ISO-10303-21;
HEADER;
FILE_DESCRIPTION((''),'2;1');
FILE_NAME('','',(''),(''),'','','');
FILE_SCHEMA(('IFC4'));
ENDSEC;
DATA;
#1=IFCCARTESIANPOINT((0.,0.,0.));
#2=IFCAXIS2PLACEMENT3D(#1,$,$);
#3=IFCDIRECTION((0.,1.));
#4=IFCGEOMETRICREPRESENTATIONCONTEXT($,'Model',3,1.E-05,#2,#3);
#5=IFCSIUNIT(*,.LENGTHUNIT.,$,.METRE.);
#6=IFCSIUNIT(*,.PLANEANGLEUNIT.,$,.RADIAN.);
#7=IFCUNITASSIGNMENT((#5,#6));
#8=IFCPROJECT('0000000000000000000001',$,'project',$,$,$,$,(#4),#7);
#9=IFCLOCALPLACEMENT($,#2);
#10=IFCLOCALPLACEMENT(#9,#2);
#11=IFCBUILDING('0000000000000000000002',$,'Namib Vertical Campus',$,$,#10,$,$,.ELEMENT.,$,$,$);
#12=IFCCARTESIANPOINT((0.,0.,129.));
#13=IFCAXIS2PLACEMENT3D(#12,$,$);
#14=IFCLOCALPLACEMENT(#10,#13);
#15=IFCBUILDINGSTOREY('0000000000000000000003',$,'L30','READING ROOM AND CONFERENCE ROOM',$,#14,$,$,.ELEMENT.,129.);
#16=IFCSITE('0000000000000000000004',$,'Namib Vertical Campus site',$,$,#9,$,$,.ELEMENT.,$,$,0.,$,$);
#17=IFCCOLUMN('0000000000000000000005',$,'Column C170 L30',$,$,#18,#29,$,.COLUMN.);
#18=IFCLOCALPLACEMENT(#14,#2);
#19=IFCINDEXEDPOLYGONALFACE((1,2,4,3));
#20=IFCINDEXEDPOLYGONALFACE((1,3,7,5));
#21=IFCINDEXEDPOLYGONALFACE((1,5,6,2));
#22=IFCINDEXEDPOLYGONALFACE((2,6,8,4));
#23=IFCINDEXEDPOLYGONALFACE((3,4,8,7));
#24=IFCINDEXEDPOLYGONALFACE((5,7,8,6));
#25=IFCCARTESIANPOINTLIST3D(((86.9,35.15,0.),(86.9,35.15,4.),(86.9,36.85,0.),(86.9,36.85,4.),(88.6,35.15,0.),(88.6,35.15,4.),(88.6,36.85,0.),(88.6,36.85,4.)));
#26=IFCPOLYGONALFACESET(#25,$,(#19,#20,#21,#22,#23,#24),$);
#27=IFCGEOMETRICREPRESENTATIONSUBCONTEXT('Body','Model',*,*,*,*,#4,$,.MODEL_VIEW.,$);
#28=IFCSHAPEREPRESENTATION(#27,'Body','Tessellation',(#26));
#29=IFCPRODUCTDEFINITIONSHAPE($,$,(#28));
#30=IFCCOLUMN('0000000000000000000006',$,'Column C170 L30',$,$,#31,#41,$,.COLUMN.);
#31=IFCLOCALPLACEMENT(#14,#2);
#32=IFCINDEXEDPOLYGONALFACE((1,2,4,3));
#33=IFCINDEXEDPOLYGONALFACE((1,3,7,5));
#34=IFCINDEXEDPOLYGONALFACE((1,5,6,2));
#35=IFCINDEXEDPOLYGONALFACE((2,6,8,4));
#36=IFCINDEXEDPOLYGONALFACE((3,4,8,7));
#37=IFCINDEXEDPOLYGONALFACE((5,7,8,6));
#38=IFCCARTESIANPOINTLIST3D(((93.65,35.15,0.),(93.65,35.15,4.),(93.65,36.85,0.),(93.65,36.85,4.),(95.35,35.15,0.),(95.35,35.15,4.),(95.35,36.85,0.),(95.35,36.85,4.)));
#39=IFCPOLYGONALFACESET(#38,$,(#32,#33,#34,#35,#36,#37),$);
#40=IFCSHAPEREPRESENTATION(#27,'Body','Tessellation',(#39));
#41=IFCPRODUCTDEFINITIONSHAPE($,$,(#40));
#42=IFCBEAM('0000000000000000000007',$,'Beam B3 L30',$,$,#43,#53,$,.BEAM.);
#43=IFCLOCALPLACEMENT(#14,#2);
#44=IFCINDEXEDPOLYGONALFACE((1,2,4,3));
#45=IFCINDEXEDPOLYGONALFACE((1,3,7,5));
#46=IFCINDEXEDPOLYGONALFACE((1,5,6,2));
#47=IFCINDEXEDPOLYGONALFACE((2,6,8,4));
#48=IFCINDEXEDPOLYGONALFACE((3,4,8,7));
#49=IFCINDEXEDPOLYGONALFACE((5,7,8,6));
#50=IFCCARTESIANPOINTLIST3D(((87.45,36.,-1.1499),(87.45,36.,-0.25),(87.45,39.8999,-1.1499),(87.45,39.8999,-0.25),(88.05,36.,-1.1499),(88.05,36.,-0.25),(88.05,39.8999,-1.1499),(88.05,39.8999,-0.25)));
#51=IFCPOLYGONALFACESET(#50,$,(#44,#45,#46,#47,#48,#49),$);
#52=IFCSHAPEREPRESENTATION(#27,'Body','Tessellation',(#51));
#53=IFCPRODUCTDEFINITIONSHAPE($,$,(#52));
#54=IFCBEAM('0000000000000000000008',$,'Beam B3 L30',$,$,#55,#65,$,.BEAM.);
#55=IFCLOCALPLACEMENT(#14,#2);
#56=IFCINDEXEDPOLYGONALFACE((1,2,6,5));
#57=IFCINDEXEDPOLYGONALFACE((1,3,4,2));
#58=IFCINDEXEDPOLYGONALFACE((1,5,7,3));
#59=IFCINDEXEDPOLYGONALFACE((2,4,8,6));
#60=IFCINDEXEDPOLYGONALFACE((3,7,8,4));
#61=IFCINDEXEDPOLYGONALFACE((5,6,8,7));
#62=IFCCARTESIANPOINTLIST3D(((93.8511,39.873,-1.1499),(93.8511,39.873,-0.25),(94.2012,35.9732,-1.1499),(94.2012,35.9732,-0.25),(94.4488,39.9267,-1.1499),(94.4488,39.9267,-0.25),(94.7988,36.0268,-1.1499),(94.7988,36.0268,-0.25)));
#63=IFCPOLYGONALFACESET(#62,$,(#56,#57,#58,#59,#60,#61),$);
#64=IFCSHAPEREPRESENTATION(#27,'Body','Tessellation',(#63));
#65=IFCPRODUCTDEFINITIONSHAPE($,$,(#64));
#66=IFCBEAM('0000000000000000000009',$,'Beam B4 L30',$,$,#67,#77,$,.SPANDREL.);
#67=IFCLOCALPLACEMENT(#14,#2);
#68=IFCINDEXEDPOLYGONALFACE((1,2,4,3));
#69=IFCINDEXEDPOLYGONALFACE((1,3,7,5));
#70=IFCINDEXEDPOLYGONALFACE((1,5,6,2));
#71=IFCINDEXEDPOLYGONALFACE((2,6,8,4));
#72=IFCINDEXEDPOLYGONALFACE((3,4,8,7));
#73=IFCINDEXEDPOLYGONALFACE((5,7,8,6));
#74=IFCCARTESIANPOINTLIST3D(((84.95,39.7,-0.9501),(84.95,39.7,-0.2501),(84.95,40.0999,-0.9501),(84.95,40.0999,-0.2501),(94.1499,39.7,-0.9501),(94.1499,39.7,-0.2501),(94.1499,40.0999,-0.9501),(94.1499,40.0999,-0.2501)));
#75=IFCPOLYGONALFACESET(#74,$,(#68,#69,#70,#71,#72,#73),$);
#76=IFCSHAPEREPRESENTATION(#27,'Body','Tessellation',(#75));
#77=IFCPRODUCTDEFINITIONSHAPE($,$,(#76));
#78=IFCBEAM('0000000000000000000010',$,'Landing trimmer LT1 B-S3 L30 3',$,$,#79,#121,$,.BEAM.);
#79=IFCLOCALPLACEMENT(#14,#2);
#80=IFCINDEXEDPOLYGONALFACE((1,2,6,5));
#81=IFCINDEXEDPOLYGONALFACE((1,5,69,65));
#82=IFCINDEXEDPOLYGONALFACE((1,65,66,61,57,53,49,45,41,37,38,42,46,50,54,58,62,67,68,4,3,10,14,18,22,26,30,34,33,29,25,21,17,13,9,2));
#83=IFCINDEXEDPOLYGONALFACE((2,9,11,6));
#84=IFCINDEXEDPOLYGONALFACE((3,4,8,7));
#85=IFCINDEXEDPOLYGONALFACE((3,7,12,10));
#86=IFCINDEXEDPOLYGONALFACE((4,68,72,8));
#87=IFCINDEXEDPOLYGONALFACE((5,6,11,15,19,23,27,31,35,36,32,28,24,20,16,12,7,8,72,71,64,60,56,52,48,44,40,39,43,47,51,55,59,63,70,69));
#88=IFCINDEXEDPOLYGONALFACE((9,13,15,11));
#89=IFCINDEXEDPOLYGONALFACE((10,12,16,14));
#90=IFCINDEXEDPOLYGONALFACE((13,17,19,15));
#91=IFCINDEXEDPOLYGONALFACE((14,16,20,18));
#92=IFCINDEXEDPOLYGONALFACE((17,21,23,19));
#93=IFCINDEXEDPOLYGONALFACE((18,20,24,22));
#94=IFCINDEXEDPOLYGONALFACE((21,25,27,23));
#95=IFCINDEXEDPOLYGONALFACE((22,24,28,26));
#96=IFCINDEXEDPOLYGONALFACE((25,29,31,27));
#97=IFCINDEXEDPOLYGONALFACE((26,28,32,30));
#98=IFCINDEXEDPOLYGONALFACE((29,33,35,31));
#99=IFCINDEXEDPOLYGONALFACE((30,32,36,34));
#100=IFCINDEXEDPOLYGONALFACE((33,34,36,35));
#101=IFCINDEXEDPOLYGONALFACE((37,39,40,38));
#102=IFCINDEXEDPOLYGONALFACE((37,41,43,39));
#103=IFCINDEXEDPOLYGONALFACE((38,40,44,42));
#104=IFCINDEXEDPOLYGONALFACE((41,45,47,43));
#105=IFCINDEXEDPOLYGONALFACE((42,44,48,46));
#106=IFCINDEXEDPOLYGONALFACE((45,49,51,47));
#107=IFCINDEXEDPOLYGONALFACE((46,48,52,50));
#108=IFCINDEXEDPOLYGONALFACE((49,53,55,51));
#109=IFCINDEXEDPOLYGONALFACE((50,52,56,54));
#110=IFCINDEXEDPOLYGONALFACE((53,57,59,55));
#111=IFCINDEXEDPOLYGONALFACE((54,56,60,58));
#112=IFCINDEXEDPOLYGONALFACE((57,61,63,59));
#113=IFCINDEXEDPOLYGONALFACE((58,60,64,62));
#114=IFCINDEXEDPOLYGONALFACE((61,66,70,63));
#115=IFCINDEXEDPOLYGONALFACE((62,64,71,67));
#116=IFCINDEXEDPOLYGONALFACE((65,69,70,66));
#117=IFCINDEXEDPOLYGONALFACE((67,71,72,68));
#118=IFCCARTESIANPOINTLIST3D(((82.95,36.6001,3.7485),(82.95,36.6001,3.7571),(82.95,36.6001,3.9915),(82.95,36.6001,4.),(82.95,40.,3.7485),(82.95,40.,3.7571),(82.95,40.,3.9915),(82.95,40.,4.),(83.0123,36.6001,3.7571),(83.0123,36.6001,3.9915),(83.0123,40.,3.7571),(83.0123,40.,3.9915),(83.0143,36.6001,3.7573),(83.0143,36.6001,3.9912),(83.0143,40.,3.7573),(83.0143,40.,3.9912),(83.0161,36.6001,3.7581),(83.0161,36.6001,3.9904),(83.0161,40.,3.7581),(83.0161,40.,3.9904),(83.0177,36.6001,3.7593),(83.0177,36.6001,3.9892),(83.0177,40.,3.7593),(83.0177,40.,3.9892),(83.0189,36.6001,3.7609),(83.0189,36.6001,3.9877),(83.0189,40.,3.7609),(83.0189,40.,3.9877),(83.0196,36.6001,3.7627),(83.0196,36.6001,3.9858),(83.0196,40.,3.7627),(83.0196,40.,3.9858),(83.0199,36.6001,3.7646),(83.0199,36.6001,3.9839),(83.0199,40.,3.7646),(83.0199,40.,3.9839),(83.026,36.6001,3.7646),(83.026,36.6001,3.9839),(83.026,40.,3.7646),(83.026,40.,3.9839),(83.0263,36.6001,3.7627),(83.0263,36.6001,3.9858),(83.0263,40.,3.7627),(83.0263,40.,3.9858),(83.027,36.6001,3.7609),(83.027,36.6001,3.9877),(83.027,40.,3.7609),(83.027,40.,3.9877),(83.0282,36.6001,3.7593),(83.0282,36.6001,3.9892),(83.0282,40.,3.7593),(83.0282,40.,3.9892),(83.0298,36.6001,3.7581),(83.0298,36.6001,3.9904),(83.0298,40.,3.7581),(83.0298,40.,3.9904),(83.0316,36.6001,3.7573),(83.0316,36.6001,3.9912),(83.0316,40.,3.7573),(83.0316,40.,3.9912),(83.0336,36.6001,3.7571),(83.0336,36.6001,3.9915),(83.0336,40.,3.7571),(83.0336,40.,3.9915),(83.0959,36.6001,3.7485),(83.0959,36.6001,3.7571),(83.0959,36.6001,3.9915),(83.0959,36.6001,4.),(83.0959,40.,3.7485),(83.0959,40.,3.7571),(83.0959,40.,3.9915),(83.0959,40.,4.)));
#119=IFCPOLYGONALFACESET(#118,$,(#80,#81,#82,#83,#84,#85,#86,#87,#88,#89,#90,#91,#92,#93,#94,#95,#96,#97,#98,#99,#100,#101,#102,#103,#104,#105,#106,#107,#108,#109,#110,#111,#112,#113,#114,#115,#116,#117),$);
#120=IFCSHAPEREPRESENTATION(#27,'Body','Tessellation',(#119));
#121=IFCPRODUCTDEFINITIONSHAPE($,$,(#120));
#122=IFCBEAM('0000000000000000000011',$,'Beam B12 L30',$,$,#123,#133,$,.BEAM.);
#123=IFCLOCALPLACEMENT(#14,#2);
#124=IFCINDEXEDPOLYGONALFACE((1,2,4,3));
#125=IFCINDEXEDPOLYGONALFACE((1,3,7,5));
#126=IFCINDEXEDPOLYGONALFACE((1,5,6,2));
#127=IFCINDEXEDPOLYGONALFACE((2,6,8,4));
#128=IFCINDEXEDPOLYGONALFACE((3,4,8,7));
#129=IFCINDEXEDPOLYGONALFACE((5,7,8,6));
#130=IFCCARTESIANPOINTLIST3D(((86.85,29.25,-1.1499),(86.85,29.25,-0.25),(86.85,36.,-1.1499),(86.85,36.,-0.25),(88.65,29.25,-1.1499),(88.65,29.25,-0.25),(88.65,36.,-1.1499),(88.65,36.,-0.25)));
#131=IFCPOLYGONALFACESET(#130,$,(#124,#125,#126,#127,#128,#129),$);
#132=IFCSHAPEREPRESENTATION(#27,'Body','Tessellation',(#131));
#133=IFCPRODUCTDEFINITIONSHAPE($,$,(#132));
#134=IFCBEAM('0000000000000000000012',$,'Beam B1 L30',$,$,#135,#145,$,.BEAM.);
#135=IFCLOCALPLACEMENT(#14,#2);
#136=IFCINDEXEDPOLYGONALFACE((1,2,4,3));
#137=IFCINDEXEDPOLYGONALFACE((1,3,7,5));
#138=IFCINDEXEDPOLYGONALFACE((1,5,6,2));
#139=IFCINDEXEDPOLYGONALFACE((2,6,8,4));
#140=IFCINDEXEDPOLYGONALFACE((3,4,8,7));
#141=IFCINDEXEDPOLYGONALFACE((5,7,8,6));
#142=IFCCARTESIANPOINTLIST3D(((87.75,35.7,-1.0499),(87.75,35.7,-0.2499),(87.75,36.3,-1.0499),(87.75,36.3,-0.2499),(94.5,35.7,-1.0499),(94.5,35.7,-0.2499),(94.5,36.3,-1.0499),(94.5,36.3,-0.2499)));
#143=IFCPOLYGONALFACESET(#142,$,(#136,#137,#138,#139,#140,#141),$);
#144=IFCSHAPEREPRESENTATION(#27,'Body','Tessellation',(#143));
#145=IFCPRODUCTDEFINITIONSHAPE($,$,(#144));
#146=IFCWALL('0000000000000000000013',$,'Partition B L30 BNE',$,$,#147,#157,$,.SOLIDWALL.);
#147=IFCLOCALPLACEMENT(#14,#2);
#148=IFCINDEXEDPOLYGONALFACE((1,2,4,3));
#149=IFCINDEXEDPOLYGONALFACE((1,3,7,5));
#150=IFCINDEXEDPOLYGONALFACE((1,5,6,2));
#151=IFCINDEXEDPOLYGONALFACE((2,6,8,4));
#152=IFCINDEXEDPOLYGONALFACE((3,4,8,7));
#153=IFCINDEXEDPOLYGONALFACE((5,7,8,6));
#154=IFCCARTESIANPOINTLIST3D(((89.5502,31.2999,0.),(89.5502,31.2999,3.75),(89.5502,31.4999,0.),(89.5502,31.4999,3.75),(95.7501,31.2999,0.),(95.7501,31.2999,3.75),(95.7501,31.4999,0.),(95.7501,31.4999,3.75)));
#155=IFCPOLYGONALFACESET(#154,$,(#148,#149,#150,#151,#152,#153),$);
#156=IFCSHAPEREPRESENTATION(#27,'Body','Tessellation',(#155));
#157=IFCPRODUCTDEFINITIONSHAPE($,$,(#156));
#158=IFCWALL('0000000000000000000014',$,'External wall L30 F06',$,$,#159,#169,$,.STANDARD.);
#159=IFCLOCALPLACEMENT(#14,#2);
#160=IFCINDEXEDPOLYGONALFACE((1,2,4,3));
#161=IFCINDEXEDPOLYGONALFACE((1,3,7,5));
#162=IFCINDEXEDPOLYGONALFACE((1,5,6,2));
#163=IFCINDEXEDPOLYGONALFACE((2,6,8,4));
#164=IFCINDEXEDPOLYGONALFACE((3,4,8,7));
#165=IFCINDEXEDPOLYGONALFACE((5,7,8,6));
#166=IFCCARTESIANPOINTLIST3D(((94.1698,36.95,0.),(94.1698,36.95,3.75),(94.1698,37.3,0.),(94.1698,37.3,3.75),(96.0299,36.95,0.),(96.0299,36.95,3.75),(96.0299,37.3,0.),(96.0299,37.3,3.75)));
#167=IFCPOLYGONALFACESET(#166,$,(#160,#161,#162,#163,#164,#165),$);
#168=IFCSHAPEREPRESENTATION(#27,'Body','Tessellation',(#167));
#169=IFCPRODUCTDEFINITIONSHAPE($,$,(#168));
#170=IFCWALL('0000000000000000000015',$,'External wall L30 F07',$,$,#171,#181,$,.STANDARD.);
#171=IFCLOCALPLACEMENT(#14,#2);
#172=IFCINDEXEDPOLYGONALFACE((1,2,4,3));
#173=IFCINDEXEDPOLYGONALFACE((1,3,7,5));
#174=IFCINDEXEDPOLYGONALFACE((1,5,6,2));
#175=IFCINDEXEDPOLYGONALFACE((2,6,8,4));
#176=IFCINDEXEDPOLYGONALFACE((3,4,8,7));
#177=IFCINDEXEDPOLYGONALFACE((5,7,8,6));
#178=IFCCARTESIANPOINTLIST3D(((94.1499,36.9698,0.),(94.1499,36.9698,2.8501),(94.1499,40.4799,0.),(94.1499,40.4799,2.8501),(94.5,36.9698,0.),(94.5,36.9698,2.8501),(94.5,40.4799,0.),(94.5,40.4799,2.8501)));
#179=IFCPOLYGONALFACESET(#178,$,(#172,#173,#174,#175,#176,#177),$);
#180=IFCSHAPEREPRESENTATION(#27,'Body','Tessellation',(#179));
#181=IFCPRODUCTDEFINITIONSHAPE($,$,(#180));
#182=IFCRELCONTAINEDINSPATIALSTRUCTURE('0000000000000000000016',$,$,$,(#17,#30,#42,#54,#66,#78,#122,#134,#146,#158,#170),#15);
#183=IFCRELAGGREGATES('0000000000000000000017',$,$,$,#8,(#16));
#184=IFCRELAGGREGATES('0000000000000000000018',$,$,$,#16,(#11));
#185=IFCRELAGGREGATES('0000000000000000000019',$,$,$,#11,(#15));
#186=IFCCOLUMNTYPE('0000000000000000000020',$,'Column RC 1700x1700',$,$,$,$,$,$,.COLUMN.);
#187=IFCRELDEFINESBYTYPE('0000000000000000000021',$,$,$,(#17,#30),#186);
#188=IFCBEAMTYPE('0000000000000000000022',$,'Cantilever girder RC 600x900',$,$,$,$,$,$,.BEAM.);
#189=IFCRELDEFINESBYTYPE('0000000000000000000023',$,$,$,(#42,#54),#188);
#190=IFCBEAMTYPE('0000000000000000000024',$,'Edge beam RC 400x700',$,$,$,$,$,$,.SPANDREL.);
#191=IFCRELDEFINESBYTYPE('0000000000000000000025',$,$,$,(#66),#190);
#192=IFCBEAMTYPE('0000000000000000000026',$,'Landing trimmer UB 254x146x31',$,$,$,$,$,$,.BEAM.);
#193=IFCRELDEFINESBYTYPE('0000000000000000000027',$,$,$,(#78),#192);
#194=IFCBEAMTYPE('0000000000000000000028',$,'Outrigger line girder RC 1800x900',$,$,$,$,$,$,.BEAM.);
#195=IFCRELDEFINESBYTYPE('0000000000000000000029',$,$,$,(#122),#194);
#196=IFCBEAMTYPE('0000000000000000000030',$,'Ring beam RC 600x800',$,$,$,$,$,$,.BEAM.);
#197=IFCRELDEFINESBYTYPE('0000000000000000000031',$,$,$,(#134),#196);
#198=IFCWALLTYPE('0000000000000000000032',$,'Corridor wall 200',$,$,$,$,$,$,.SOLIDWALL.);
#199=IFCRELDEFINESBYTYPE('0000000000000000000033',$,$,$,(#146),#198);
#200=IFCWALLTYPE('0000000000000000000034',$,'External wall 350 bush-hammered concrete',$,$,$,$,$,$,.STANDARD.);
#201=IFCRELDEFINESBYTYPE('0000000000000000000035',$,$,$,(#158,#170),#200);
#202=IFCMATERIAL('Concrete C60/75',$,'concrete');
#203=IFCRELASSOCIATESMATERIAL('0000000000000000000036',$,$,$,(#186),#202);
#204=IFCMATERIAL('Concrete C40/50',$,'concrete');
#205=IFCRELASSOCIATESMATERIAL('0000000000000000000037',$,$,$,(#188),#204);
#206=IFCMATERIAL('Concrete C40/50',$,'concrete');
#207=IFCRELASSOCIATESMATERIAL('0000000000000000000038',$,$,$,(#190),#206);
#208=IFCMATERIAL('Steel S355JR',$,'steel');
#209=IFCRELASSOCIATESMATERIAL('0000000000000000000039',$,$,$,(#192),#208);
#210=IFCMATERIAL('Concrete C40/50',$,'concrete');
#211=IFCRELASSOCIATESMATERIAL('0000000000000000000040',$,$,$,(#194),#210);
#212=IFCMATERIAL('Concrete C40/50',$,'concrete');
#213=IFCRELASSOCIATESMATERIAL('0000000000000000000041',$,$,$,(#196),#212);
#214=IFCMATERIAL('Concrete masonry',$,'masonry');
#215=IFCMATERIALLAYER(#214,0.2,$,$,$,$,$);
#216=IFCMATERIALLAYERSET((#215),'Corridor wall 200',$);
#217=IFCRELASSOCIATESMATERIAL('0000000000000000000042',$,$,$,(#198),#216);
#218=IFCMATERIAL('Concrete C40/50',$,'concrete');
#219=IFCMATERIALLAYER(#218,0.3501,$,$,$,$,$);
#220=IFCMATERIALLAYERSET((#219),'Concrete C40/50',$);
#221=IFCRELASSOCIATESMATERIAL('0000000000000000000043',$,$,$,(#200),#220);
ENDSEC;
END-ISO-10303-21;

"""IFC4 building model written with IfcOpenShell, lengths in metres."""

from ifc_helpers import new_model, si_unit, direction, frame, frame_2d, origin, origin_2d, place, context, subcontext, project, spatial, rectangle, i_section, extrude, material, layer, layer_set, material_profile, profile_set, type_object, element, save


model = new_model("IFC4")

# Units and contexts
model_context = context("Model", 3, precision=1e-05, world=origin(), true_north=direction((0.0, 1.0)))
body_context = subcontext(model_context, "Body", "Model", "MODEL_VIEW")
ifc_project = project(units=[si_unit("LENGTHUNIT", "METRE"), si_unit("PLANEANGLEUNIT", "RADIAN")], contexts=[model_context])

# Site, building, storey
site_placement = place(None, origin())
site = spatial("IfcSite", under=ifc_project, at=site_placement, Name="Namib Vertical Campus site", CompositionType="ELEMENT", RefElevation=0.0)
building_placement = place(site_placement, origin())
building = spatial("IfcBuilding", under=site, at=building_placement, Name="Namib Vertical Campus", CompositionType="ELEMENT")
storey_placement = place(building_placement, frame((0.0, 0.0, 129.0)))
storey = spatial("IfcBuildingStorey", under=building, at=storey_placement, Name="L30", Description="READING ROOM AND CONFERENCE ROOM", CompositionType="ELEMENT", Elevation=129.0)

# Columns
ifc_material_1 = material(Name="Concrete C60/75", Category="concrete")
ifc_material_profile_1 = material_profile(ifc_material_1, rectangle(XDim=1.7, YDim=1.7, at=origin_2d()))
ifc_profile_set_1 = profile_set([ifc_material_profile_1], Name="Concrete C60/75")
column_type = type_object("IfcColumnType", Name="Column RC 1700x1700", PredefinedType="COLUMN", material=ifc_profile_set_1)
for number, where, z_axis, x_axis, name in (
    (1, (87.75, 36.0, 0.0), (0.0, 0.0, 1.0), (1.0, 0.0, 0.0), "Column C170 L30"),
    (2, (94.5, 36.0, 0.0), (0.0, 0.0, 1.0), (1.0, 0.0, 0.0), "Column C170 L30"),
):
    element("IfcColumn", number, at=place(storey_placement, frame(where, z_axis=z_axis, x_axis=x_axis)), inside=storey, type_object=column_type, Name=name, PredefinedType="COLUMN", context=body_context, shape_type="SweptSolid", body=[
        extrude(rectangle(XDim=1.7, YDim=1.7, at=origin_2d()), origin(), (0.0, 0.0, 1.0), 4.0),
    ])

# Beams
ifc_material_2 = material(Name="Concrete C40/50", Category="concrete")
ifc_material_profile_2 = material_profile(ifc_material_2, rectangle(XDim=0.6001, YDim=0.8999, at=origin_2d()))
ifc_profile_set_2 = profile_set([ifc_material_profile_2], Name="Concrete C40/50")
beam_type_1 = type_object("IfcBeamType", Name="Cantilever girder RC 600x900", PredefinedType="BEAM", material=ifc_profile_set_2)
beam_1_placement = place(storey_placement, frame((87.75, 36.0, -0.7), z_axis=(0.0, 1.0, 0.0), x_axis=(-1.0, 0.0, 0.0)))
element("IfcBeam", 3, at=beam_1_placement, inside=storey, type_object=beam_type_1, Name="Beam B3 L30", PredefinedType="BEAM", context=body_context, shape_type="SweptSolid", body=[
    extrude(rectangle(XDim=0.6001, YDim=0.8999, at=origin_2d()), origin(), (0.0, 0.0, 1.0), 3.8999),
])
beam_2_placement = place(storey_placement, frame((94.5, 36.0, -0.7), z_axis=(-0.089411, 0.995995, 0.0), x_axis=(-0.995995, -0.089411, 0.0)))
element("IfcBeam", 4, at=beam_2_placement, inside=storey, type_object=beam_type_1, Name="Beam B3 L30", PredefinedType="BEAM", context=body_context, shape_type="SweptSolid", body=[
    extrude(rectangle(XDim=0.6001, YDim=0.8999, at=origin_2d()), origin(), (0.0, 0.0, 1.0), 3.9155),
])
ifc_material_3 = material(Name="Concrete C40/50", Category="concrete")
ifc_material_profile_3 = material_profile(ifc_material_3, rectangle(XDim=0.3999, YDim=0.7, at=origin_2d()))
ifc_profile_set_3 = profile_set([ifc_material_profile_3], Name="Concrete C40/50")
beam_type_2 = type_object("IfcBeamType", Name="Edge beam RC 400x700", PredefinedType="SPANDREL", material=ifc_profile_set_3)
beam_3_placement = place(storey_placement, frame((84.95, 39.8999, -0.6001), z_axis=(1.0, 0.0, 0.0), x_axis=(0.0, 1.0, 0.0)))
element("IfcBeam", 5, at=beam_3_placement, inside=storey, type_object=beam_type_2, Name="Beam B4 L30", PredefinedType="SPANDREL", context=body_context, shape_type="SweptSolid", body=[
    extrude(rectangle(XDim=0.3999, YDim=0.7, at=origin_2d()), origin(), (0.0, 0.0, 1.0), 9.2),
])
ifc_material_4 = material(Name="Steel S355JR", Category="steel")
ifc_material_profile_4 = material_profile(ifc_material_4, i_section(OverallWidth=0.146, OverallDepth=0.2515, WebThickness=0.0061, FlangeThickness=0.0085, FilletRadius=0.0076, at=origin_2d()))
ifc_profile_set_4 = profile_set([ifc_material_profile_4], Name="Steel S355JR")
beam_type_3 = type_object("IfcBeamType", Name="Landing trimmer UB 254x146x31", PredefinedType="BEAM", material=ifc_profile_set_4)
beam_4_placement = place(storey_placement, frame((83.0229, 36.6001, 3.8743), z_axis=(0.0, 1.0, 0.0), x_axis=(-1.0, 0.0, 0.0)))
element("IfcBeam", 6, at=beam_4_placement, inside=storey, type_object=beam_type_3, Name="Landing trimmer LT1 B-S3 L30 3", PredefinedType="BEAM", context=body_context, shape_type="SweptSolid", body=[
    extrude(i_section(OverallWidth=0.146, OverallDepth=0.2515, WebThickness=0.0061, FlangeThickness=0.0085, FilletRadius=0.0076, at=origin_2d()), origin(), (0.0, 0.0, 1.0), 3.3999),
])
ifc_material_5 = material(Name="Concrete C40/50", Category="concrete")
ifc_material_profile_5 = material_profile(ifc_material_5, rectangle(XDim=1.8, YDim=0.8999, at=origin_2d()))
ifc_profile_set_5 = profile_set([ifc_material_profile_5], Name="Concrete C40/50")
beam_type_4 = type_object("IfcBeamType", Name="Outrigger line girder RC 1800x900", PredefinedType="BEAM", material=ifc_profile_set_5)
beam_5_placement = place(storey_placement, frame((87.75, 36.0, -0.7), z_axis=(0.0, -1.0, 0.0), x_axis=(1.0, 0.0, 0.0)))
element("IfcBeam", 7, at=beam_5_placement, inside=storey, type_object=beam_type_4, Name="Beam B12 L30", PredefinedType="BEAM", context=body_context, shape_type="SweptSolid", body=[
    extrude(rectangle(XDim=1.8, YDim=0.8999, at=origin_2d()), origin(), (0.0, 0.0, 1.0), 6.75),
])
ifc_material_6 = material(Name="Concrete C40/50", Category="concrete")
ifc_material_profile_6 = material_profile(ifc_material_6, rectangle(XDim=0.6001, YDim=0.8, at=origin_2d()))
ifc_profile_set_6 = profile_set([ifc_material_profile_6], Name="Concrete C40/50")
beam_type_5 = type_object("IfcBeamType", Name="Ring beam RC 600x800", PredefinedType="BEAM", material=ifc_profile_set_6)
beam_6_placement = place(storey_placement, frame((87.75, 36.0, -0.6499), z_axis=(1.0, 0.0, 0.0), x_axis=(0.0, 1.0, 0.0)))
element("IfcBeam", 8, at=beam_6_placement, inside=storey, type_object=beam_type_5, Name="Beam B1 L30", PredefinedType="BEAM", context=body_context, shape_type="SweptSolid", body=[
    extrude(rectangle(XDim=0.6001, YDim=0.8, at=origin_2d()), origin(), (0.0, 0.0, 1.0), 6.75),
])

# Walls
ifc_material_7 = material(Name="Concrete masonry", Category="masonry")
ifc_layer_1 = layer(ifc_material_7, 0.2)
ifc_layer_set_1 = layer_set([ifc_layer_1], Name="Corridor wall 200")
wall_type_1 = type_object("IfcWallType", Name="Corridor wall 200", PredefinedType="SOLIDWALL", material=ifc_layer_set_1)
wall_1_placement = place(storey_placement, frame((89.55, 31.3999, 0.0), z_axis=(0.0, 0.0, 1.0), x_axis=(1.0, 0.0, 0.0)))
element("IfcWall", 9, at=wall_1_placement, inside=storey, type_object=wall_type_1, Name="Partition B L30 BNE", PredefinedType="SOLIDWALL", context=body_context, shape_type="SweptSolid", body=[
    extrude(rectangle(XDim=6.2, YDim=0.2, at=frame_2d((3.1001, 0.0))), origin(), (0.0, 0.0, 1.0), 3.75),
])
ifc_material_8 = material(Name="Concrete C40/50", Category="concrete")
ifc_layer_2 = layer(ifc_material_8, 0.3501)
ifc_layer_set_2 = layer_set([ifc_layer_2], Name="Concrete C40/50")
wall_type_2 = type_object("IfcWallType", Name="External wall 350 bush-hammered concrete", PredefinedType="STANDARD", material=ifc_layer_set_2)
wall_2_placement = place(storey_placement, frame((96.03, 37.125, 0.0), z_axis=(0.0, 0.0, 1.0), x_axis=(-1.0, 0.0, 0.0)))
element("IfcWall", 10, at=wall_2_placement, inside=storey, type_object=wall_type_2, Name="External wall L30 F06", PredefinedType="STANDARD", context=body_context, shape_type="SweptSolid", body=[
    extrude(rectangle(XDim=1.8601, YDim=0.3501, at=frame_2d((0.9302, 0.0))), origin(), (0.0, 0.0, 1.0), 3.75),
])
wall_3_placement = place(storey_placement, frame((94.325, 36.97, 0.0), z_axis=(0.0, 0.0, 1.0), x_axis=(0.0, 1.0, 0.0)))
element("IfcWall", 11, at=wall_3_placement, inside=storey, type_object=wall_type_2, Name="External wall L30 F07", PredefinedType="STANDARD", context=body_context, shape_type="SweptSolid", body=[
    extrude(rectangle(XDim=3.51, YDim=0.3501, at=frame_2d((1.7549, 0.0))), origin(), (0.0, 0.0, 1.0), 2.8501),
])

save(model, "model.ifc")
